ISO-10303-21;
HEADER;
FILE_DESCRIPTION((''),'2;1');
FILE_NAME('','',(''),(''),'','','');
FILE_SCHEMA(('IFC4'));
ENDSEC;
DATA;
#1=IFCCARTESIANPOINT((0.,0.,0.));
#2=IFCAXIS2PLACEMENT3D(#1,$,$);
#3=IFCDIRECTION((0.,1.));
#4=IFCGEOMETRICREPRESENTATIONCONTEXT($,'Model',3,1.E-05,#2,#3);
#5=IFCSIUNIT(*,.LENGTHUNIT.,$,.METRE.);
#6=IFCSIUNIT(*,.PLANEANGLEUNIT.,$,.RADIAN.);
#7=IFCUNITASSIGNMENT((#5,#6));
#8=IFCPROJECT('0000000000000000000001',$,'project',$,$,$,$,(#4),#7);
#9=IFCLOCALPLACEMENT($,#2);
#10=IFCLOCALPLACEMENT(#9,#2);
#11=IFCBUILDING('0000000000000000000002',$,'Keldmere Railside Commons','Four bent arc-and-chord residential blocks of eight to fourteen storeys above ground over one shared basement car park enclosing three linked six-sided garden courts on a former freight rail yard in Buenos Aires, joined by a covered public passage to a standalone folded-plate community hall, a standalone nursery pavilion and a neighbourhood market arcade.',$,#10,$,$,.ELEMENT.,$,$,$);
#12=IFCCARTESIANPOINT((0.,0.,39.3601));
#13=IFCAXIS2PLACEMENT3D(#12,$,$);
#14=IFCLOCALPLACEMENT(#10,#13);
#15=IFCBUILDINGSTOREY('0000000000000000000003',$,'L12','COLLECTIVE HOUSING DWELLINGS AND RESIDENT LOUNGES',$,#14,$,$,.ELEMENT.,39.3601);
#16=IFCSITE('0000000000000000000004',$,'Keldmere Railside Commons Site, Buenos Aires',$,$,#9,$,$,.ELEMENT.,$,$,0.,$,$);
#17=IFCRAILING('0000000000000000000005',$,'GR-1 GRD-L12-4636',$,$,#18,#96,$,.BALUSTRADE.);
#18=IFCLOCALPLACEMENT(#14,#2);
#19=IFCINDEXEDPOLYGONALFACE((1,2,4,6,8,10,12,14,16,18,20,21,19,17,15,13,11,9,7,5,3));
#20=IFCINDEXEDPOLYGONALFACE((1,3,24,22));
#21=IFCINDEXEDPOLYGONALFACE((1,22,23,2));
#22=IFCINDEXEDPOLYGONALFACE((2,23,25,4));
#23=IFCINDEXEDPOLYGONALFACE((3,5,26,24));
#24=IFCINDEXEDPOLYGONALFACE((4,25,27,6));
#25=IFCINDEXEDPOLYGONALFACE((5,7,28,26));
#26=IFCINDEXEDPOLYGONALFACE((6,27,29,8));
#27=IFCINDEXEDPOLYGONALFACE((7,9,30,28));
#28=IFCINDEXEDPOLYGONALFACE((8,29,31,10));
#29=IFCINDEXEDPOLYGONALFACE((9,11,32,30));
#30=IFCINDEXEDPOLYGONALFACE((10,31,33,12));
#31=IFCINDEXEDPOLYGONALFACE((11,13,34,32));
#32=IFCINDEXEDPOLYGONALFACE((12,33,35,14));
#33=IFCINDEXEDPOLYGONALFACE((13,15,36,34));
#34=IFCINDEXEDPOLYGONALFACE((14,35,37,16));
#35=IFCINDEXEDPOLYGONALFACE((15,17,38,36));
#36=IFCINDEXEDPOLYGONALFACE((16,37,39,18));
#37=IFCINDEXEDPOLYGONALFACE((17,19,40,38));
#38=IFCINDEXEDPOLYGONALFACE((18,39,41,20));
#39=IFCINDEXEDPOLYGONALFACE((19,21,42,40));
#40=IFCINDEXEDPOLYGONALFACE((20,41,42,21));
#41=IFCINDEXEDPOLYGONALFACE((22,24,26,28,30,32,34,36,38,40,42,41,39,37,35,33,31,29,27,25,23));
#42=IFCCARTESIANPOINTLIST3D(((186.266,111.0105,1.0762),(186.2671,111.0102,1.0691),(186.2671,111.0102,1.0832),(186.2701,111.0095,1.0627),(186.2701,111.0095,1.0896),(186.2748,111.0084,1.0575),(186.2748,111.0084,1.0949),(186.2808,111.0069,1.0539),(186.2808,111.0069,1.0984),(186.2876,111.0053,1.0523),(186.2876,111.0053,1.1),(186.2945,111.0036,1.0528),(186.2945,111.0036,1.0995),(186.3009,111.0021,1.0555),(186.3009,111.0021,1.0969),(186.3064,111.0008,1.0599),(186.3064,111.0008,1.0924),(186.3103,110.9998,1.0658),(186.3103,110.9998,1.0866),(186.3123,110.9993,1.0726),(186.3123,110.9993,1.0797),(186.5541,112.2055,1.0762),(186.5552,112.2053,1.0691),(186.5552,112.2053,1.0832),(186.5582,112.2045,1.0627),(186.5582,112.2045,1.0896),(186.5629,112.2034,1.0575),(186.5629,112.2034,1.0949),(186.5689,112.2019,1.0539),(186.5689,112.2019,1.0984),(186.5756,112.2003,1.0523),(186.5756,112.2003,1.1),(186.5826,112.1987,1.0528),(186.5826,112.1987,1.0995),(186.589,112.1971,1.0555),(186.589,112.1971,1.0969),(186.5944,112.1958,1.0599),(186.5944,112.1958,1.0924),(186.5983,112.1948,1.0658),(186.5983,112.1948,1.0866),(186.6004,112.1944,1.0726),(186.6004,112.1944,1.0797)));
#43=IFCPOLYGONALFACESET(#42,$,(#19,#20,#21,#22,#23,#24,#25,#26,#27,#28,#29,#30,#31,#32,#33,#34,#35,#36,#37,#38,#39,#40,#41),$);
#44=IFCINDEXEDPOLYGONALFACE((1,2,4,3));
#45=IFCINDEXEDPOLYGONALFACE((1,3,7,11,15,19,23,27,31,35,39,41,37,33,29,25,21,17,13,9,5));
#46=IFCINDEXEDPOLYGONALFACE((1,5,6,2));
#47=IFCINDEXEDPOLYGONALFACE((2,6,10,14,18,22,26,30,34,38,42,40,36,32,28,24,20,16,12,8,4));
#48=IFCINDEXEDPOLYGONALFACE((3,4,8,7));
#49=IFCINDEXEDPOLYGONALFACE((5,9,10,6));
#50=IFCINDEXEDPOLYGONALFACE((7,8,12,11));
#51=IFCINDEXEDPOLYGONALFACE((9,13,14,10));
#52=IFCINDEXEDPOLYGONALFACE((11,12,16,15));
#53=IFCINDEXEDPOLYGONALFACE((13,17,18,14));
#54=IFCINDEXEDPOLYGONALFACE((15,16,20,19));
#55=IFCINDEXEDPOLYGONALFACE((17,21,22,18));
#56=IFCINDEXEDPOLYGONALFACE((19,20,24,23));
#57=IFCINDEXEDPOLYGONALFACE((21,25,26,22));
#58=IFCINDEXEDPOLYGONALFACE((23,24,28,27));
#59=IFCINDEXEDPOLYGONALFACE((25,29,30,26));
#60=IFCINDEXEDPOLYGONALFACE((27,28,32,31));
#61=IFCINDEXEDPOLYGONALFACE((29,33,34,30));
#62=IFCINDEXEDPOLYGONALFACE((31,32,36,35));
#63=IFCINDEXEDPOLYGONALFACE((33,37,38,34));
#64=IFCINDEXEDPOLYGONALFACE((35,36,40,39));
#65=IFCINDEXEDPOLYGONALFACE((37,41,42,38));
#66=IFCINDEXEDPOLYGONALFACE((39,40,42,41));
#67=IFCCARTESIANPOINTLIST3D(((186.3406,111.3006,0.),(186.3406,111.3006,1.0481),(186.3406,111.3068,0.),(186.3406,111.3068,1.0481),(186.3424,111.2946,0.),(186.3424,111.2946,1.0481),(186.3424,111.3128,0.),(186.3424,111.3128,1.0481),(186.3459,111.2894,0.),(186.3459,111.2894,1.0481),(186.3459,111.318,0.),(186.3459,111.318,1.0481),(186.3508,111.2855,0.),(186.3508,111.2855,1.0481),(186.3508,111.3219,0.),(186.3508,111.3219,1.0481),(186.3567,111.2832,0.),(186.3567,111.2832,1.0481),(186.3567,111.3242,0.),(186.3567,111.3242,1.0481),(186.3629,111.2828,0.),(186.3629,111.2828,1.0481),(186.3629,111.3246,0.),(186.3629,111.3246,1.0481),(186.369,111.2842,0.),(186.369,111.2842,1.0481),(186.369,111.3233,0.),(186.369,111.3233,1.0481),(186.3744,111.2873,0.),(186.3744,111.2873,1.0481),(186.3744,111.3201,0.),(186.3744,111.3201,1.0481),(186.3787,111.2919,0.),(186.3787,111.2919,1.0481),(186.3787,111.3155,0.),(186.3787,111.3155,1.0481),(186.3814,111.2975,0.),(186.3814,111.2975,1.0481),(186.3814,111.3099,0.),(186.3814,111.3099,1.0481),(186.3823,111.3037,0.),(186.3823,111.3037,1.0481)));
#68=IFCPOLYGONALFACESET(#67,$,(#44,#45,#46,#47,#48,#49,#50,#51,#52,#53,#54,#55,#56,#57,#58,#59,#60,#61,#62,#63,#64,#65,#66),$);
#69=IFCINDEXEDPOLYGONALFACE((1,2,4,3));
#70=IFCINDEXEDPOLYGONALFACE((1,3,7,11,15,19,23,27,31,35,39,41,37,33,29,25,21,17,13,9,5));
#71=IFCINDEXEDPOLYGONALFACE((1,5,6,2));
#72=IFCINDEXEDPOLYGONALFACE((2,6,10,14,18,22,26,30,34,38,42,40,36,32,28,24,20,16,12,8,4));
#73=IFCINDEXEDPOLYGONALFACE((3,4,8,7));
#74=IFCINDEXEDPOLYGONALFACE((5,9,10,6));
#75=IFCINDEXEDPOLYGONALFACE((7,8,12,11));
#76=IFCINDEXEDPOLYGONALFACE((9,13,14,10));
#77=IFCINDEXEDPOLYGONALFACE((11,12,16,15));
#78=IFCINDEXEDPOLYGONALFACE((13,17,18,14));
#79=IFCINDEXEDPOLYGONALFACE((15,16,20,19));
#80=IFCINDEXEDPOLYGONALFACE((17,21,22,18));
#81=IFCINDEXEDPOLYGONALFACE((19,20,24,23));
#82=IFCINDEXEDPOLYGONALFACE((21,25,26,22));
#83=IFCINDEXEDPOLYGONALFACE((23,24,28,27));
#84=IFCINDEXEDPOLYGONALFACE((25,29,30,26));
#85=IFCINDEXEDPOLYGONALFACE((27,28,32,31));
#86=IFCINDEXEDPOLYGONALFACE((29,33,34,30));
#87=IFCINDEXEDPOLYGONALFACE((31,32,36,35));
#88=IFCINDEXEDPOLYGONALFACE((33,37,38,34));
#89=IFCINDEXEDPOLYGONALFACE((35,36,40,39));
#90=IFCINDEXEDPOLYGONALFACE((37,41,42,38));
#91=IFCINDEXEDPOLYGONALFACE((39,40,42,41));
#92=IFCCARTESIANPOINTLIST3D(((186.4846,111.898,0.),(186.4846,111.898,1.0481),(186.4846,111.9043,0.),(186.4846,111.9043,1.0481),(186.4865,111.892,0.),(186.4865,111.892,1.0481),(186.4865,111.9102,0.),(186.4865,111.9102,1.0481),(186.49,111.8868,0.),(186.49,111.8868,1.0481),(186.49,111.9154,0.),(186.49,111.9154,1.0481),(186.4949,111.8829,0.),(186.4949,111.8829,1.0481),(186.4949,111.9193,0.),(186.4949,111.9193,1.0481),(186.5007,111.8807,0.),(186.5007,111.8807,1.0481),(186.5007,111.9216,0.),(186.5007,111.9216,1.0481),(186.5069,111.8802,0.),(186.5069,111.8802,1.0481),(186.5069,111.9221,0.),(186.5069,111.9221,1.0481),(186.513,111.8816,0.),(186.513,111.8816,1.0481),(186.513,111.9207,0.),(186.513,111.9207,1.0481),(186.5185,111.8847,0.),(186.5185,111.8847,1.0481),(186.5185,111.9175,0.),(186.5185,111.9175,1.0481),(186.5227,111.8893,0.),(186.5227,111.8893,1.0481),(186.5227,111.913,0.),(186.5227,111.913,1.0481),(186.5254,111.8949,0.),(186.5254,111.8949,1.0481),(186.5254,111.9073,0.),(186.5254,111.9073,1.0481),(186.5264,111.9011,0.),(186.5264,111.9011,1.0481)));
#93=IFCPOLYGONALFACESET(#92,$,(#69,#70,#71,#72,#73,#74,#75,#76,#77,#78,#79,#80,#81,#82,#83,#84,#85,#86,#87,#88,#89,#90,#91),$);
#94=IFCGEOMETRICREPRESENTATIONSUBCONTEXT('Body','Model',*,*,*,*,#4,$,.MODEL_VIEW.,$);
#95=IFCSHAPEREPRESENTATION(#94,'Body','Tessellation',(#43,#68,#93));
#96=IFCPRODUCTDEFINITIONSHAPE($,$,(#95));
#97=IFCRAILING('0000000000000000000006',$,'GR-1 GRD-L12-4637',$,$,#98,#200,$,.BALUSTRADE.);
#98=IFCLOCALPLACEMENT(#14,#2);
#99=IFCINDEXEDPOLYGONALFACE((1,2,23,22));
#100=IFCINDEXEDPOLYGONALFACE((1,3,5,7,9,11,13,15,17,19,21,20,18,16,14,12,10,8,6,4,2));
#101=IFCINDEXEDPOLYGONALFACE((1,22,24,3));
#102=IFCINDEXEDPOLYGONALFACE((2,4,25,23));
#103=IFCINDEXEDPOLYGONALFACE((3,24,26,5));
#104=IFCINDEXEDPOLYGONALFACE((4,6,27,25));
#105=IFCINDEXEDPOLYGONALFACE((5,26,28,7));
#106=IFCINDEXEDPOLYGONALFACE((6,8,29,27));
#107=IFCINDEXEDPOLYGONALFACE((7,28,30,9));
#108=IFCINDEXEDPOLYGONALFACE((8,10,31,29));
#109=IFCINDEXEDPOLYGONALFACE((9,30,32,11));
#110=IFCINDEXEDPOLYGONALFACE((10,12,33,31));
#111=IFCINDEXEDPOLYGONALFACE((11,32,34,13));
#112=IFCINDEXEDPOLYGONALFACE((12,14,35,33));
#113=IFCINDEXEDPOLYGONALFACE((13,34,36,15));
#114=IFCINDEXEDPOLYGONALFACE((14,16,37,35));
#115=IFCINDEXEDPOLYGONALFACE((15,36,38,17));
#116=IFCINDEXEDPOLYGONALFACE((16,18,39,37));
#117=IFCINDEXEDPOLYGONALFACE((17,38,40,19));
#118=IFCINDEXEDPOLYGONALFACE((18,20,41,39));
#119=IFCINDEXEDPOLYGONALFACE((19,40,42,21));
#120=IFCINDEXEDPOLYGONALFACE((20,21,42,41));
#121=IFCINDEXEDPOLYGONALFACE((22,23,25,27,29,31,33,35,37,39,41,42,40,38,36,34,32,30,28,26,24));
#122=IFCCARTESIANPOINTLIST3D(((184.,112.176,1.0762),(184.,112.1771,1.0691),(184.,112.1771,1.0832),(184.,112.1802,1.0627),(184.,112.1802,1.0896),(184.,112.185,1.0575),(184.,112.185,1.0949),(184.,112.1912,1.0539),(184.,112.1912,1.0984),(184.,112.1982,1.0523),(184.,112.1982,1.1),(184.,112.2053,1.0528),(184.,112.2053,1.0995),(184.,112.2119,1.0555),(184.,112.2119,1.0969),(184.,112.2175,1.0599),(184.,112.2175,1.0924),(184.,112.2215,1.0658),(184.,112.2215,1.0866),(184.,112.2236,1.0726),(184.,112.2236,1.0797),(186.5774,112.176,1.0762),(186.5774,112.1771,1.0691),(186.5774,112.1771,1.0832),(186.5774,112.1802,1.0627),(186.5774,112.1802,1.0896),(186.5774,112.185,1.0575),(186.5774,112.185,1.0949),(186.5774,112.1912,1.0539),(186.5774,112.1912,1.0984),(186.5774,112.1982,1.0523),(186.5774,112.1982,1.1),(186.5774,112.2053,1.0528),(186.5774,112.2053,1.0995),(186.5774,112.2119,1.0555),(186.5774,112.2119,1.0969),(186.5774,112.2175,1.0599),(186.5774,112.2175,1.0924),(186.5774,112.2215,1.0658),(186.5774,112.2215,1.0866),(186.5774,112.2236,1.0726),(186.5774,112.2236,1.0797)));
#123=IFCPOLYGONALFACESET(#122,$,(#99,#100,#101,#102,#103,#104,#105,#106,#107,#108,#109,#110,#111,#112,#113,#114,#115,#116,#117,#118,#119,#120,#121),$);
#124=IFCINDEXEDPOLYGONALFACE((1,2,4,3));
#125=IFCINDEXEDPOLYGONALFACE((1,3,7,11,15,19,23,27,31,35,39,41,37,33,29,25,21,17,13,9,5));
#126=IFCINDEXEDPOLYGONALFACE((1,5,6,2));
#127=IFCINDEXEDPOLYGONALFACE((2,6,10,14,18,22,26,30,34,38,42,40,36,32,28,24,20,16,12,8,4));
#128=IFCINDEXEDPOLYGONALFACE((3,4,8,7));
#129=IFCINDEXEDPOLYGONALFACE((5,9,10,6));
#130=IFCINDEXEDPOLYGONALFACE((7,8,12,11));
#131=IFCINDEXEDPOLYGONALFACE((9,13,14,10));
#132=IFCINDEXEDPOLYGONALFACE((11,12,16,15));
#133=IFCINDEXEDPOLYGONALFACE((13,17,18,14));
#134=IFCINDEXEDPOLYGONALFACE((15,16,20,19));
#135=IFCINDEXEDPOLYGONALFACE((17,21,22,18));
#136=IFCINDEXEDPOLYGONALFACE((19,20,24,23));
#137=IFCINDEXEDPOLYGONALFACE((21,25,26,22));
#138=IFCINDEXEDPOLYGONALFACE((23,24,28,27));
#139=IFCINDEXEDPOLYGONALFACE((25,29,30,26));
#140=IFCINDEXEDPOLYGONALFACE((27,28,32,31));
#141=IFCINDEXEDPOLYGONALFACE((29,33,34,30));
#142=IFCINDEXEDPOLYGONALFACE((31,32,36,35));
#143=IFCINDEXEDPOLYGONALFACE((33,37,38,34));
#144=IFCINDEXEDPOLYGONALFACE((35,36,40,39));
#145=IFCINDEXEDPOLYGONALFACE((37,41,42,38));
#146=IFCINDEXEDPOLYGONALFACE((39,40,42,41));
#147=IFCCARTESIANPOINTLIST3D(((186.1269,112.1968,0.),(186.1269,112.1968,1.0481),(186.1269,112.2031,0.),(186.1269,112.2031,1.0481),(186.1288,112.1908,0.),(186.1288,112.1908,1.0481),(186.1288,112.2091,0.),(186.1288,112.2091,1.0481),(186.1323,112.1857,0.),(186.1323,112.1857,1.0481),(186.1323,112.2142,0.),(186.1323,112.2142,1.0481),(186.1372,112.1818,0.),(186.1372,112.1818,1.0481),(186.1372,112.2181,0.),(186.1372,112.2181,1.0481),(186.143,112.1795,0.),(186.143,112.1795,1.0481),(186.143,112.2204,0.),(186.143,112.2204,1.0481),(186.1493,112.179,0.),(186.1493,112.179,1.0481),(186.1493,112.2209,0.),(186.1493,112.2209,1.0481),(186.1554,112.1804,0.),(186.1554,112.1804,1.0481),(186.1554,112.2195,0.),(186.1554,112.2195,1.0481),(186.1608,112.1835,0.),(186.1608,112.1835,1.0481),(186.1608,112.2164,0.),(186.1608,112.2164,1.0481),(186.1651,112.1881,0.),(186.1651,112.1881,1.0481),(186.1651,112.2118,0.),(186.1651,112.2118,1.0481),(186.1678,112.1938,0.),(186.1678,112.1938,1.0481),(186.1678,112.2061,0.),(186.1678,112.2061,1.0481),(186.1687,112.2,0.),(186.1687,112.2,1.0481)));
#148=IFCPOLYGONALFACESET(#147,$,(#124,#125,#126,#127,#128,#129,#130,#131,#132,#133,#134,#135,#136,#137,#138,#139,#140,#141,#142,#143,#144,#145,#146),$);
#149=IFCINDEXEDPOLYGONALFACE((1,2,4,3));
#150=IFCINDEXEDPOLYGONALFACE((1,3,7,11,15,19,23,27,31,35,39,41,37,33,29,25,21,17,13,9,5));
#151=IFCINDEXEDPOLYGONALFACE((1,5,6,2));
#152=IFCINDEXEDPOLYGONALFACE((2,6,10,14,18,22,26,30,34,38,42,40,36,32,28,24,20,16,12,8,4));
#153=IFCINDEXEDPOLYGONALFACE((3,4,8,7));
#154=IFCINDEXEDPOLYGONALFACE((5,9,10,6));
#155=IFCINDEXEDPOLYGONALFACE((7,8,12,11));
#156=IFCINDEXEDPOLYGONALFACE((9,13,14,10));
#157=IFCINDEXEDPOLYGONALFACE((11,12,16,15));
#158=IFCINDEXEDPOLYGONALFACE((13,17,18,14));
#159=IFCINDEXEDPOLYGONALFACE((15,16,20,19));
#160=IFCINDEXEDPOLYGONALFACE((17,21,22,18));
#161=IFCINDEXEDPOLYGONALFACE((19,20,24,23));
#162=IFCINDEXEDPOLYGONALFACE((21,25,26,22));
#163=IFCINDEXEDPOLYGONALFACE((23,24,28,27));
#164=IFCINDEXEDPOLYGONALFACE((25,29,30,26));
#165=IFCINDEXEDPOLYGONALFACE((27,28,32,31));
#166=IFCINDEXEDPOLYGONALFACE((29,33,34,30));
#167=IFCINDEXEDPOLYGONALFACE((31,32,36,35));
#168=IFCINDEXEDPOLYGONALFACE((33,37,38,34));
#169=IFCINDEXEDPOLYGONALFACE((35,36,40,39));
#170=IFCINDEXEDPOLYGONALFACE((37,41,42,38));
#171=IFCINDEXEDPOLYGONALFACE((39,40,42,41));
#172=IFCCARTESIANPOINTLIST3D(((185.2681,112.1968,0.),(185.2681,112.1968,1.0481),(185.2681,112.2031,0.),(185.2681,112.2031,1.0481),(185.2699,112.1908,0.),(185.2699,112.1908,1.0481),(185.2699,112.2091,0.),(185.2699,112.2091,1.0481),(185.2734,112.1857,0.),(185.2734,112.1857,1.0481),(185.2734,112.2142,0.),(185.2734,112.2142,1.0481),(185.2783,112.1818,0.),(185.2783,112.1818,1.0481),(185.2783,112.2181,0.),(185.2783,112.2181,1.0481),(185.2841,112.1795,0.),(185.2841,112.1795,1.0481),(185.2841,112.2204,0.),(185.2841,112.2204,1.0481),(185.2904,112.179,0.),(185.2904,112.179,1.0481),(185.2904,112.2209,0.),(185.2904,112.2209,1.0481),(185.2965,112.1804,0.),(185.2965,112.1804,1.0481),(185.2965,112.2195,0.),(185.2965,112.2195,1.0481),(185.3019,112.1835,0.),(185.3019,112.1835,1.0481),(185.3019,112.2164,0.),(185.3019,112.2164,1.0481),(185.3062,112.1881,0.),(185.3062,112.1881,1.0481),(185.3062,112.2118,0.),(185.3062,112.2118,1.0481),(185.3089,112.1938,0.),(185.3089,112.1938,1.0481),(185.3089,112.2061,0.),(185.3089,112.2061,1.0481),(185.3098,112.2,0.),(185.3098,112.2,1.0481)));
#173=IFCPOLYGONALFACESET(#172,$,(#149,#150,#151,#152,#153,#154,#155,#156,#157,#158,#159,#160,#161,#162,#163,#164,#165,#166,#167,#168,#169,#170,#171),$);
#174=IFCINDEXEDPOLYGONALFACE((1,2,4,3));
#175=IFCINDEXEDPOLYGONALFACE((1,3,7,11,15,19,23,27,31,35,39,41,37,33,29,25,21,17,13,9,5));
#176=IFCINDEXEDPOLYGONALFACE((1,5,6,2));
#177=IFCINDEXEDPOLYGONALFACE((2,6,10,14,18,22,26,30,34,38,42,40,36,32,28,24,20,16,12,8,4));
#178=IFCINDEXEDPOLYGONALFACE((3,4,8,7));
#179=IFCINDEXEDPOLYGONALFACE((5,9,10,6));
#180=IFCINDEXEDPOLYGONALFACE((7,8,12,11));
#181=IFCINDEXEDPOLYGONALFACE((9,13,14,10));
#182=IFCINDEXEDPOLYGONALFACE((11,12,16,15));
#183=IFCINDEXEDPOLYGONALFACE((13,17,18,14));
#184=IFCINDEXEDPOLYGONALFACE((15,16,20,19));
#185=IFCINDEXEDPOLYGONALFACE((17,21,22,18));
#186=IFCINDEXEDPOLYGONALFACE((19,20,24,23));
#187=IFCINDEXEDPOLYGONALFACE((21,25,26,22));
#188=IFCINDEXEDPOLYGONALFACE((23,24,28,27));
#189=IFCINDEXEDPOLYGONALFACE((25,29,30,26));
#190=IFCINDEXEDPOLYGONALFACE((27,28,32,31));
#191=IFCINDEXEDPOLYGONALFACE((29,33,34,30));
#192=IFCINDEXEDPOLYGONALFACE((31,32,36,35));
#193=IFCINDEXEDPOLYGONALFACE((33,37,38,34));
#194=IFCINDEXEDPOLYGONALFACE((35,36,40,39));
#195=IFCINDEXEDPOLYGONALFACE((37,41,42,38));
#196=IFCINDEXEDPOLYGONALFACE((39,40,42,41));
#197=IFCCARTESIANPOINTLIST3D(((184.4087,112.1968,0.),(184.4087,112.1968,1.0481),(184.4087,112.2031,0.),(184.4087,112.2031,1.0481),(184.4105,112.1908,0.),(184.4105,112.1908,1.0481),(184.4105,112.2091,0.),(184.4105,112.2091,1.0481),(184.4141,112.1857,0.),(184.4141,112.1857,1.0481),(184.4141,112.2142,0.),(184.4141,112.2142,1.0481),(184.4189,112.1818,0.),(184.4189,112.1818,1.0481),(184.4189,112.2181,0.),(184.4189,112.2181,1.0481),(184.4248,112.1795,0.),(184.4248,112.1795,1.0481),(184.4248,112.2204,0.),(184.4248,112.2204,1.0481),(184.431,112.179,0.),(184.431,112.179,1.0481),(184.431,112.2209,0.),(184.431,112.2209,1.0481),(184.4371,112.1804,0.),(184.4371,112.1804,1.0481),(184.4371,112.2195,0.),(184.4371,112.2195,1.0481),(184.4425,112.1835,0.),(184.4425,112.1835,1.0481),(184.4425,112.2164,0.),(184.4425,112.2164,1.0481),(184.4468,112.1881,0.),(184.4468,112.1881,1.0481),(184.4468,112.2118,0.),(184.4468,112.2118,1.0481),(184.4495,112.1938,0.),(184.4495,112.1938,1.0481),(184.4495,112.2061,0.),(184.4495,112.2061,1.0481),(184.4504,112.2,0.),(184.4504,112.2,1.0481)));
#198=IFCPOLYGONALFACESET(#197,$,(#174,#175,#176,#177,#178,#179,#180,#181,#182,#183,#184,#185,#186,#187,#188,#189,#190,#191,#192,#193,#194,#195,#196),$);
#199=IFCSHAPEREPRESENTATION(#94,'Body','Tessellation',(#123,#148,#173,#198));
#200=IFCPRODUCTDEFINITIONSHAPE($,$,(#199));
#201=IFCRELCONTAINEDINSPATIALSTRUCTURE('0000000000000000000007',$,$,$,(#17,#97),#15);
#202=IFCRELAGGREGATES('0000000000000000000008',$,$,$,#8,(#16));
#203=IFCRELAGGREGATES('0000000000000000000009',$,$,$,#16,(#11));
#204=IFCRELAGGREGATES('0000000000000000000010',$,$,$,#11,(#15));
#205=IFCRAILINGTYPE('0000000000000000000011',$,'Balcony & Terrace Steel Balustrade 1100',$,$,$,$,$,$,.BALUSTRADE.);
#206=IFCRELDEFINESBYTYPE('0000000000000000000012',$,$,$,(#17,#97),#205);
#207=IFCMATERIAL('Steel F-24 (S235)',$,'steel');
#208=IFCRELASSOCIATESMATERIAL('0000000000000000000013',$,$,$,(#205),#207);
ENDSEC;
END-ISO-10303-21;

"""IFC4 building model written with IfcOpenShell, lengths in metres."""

from ifc_helpers import new_model, si_unit, direction, frame, origin, origin_2d, place, context, subcontext, project, spatial, circle, extrude, material, type_object, element, save


model = new_model("IFC4")

# Units and contexts
model_context = context("Model", 3, precision=1e-05, world=origin(), true_north=direction((0.0, 1.0)))
body_context = subcontext(model_context, "Body", "Model", "MODEL_VIEW")
ifc_project = project(units=[si_unit("LENGTHUNIT", "METRE"), si_unit("PLANEANGLEUNIT", "RADIAN")], contexts=[model_context])

# Site, building, storey
site_placement = place(None, origin())
site = spatial("IfcSite", under=ifc_project, at=site_placement, Name="Keldmere Railside Commons Site, Buenos Aires", CompositionType="ELEMENT", RefElevation=0.0)
building_placement = place(site_placement, origin())
building = spatial("IfcBuilding", under=site, at=building_placement, Name="Keldmere Railside Commons", Description="Four bent arc-and-chord residential blocks of eight to fourteen storeys above ground over one shared basement car park enclosing three linked six-sided garden courts on a former freight rail yard in Buenos Aires, joined by a covered public passage to a standalone folded-plate community hall, a standalone nursery pavilion and a neighbourhood market arcade.", CompositionType="ELEMENT")
storey_placement = place(building_placement, frame((0.0, 0.0, 39.3601)))
storey = spatial("IfcBuildingStorey", under=building, at=storey_placement, Name="L12", Description="COLLECTIVE HOUSING DWELLINGS AND RESIDENT LOUNGES", CompositionType="ELEMENT", Elevation=39.3601)

# Railings
ifc_material_1 = material(Name="Steel F-24 (S235)", Category="steel")
railing_type = type_object("IfcRailingType", Name="Balcony & Terrace Steel Balustrade 1100", PredefinedType="BALUSTRADE", material=ifc_material_1)
railing_1_placement = place(storey_placement, frame((186.2893, 111.0049, 0.0)))
element("IfcRailing", 1, at=railing_1_placement, inside=storey, type_object=railing_type, Name="GR-1 GRD-L12-4636", PredefinedType="BALUSTRADE", context=body_context, shape_type="SweptSolid", body=[
    extrude(circle(Radius=0.0239, at=origin_2d()), frame((0.0, 0.0, 1.0762), z_axis=(0.234349, 0.972152, 0.0), x_axis=(-0.972152, 0.234349, 0.0)), (0.0, 0.0, 1.0), 1.2292),
    extrude(circle(Radius=0.021, at=origin_2d()), frame((0.072, 0.2988, 0.0)), (0.0, 0.0, 1.0), 1.0481),
    extrude(circle(Radius=0.021, at=origin_2d()), frame((0.2161, 0.8962, 0.0)), (0.0, 0.0, 1.0), 1.0481),
])
railing_2_placement = place(storey_placement, frame((186.5774, 112.2, 0.0)))
element("IfcRailing", 2, at=railing_2_placement, inside=storey, type_object=railing_type, Name="GR-1 GRD-L12-4637", PredefinedType="BALUSTRADE", context=body_context, shape_type="SweptSolid", body=[
    extrude(circle(Radius=0.0239, at=origin_2d()), frame((0.0, 0.0, 1.0762), z_axis=(-1.0, 0.0, 0.0), x_axis=(0.0, -1.0, 0.0)), (0.0, 0.0, 1.0), 2.5774),
    extrude(circle(Radius=0.021, at=origin_2d()), frame((-0.4297, 0.0, 0.0)), (0.0, 0.0, 1.0), 1.0481),
    extrude(circle(Radius=0.021, at=origin_2d()), frame((-1.2886, 0.0, 0.0)), (0.0, 0.0, 1.0), 1.0481),
    extrude(circle(Radius=0.021, at=origin_2d()), frame((-2.1479, 0.0, 0.0)), (0.0, 0.0, 1.0), 1.0481),
])

save(model, "model.ifc")
